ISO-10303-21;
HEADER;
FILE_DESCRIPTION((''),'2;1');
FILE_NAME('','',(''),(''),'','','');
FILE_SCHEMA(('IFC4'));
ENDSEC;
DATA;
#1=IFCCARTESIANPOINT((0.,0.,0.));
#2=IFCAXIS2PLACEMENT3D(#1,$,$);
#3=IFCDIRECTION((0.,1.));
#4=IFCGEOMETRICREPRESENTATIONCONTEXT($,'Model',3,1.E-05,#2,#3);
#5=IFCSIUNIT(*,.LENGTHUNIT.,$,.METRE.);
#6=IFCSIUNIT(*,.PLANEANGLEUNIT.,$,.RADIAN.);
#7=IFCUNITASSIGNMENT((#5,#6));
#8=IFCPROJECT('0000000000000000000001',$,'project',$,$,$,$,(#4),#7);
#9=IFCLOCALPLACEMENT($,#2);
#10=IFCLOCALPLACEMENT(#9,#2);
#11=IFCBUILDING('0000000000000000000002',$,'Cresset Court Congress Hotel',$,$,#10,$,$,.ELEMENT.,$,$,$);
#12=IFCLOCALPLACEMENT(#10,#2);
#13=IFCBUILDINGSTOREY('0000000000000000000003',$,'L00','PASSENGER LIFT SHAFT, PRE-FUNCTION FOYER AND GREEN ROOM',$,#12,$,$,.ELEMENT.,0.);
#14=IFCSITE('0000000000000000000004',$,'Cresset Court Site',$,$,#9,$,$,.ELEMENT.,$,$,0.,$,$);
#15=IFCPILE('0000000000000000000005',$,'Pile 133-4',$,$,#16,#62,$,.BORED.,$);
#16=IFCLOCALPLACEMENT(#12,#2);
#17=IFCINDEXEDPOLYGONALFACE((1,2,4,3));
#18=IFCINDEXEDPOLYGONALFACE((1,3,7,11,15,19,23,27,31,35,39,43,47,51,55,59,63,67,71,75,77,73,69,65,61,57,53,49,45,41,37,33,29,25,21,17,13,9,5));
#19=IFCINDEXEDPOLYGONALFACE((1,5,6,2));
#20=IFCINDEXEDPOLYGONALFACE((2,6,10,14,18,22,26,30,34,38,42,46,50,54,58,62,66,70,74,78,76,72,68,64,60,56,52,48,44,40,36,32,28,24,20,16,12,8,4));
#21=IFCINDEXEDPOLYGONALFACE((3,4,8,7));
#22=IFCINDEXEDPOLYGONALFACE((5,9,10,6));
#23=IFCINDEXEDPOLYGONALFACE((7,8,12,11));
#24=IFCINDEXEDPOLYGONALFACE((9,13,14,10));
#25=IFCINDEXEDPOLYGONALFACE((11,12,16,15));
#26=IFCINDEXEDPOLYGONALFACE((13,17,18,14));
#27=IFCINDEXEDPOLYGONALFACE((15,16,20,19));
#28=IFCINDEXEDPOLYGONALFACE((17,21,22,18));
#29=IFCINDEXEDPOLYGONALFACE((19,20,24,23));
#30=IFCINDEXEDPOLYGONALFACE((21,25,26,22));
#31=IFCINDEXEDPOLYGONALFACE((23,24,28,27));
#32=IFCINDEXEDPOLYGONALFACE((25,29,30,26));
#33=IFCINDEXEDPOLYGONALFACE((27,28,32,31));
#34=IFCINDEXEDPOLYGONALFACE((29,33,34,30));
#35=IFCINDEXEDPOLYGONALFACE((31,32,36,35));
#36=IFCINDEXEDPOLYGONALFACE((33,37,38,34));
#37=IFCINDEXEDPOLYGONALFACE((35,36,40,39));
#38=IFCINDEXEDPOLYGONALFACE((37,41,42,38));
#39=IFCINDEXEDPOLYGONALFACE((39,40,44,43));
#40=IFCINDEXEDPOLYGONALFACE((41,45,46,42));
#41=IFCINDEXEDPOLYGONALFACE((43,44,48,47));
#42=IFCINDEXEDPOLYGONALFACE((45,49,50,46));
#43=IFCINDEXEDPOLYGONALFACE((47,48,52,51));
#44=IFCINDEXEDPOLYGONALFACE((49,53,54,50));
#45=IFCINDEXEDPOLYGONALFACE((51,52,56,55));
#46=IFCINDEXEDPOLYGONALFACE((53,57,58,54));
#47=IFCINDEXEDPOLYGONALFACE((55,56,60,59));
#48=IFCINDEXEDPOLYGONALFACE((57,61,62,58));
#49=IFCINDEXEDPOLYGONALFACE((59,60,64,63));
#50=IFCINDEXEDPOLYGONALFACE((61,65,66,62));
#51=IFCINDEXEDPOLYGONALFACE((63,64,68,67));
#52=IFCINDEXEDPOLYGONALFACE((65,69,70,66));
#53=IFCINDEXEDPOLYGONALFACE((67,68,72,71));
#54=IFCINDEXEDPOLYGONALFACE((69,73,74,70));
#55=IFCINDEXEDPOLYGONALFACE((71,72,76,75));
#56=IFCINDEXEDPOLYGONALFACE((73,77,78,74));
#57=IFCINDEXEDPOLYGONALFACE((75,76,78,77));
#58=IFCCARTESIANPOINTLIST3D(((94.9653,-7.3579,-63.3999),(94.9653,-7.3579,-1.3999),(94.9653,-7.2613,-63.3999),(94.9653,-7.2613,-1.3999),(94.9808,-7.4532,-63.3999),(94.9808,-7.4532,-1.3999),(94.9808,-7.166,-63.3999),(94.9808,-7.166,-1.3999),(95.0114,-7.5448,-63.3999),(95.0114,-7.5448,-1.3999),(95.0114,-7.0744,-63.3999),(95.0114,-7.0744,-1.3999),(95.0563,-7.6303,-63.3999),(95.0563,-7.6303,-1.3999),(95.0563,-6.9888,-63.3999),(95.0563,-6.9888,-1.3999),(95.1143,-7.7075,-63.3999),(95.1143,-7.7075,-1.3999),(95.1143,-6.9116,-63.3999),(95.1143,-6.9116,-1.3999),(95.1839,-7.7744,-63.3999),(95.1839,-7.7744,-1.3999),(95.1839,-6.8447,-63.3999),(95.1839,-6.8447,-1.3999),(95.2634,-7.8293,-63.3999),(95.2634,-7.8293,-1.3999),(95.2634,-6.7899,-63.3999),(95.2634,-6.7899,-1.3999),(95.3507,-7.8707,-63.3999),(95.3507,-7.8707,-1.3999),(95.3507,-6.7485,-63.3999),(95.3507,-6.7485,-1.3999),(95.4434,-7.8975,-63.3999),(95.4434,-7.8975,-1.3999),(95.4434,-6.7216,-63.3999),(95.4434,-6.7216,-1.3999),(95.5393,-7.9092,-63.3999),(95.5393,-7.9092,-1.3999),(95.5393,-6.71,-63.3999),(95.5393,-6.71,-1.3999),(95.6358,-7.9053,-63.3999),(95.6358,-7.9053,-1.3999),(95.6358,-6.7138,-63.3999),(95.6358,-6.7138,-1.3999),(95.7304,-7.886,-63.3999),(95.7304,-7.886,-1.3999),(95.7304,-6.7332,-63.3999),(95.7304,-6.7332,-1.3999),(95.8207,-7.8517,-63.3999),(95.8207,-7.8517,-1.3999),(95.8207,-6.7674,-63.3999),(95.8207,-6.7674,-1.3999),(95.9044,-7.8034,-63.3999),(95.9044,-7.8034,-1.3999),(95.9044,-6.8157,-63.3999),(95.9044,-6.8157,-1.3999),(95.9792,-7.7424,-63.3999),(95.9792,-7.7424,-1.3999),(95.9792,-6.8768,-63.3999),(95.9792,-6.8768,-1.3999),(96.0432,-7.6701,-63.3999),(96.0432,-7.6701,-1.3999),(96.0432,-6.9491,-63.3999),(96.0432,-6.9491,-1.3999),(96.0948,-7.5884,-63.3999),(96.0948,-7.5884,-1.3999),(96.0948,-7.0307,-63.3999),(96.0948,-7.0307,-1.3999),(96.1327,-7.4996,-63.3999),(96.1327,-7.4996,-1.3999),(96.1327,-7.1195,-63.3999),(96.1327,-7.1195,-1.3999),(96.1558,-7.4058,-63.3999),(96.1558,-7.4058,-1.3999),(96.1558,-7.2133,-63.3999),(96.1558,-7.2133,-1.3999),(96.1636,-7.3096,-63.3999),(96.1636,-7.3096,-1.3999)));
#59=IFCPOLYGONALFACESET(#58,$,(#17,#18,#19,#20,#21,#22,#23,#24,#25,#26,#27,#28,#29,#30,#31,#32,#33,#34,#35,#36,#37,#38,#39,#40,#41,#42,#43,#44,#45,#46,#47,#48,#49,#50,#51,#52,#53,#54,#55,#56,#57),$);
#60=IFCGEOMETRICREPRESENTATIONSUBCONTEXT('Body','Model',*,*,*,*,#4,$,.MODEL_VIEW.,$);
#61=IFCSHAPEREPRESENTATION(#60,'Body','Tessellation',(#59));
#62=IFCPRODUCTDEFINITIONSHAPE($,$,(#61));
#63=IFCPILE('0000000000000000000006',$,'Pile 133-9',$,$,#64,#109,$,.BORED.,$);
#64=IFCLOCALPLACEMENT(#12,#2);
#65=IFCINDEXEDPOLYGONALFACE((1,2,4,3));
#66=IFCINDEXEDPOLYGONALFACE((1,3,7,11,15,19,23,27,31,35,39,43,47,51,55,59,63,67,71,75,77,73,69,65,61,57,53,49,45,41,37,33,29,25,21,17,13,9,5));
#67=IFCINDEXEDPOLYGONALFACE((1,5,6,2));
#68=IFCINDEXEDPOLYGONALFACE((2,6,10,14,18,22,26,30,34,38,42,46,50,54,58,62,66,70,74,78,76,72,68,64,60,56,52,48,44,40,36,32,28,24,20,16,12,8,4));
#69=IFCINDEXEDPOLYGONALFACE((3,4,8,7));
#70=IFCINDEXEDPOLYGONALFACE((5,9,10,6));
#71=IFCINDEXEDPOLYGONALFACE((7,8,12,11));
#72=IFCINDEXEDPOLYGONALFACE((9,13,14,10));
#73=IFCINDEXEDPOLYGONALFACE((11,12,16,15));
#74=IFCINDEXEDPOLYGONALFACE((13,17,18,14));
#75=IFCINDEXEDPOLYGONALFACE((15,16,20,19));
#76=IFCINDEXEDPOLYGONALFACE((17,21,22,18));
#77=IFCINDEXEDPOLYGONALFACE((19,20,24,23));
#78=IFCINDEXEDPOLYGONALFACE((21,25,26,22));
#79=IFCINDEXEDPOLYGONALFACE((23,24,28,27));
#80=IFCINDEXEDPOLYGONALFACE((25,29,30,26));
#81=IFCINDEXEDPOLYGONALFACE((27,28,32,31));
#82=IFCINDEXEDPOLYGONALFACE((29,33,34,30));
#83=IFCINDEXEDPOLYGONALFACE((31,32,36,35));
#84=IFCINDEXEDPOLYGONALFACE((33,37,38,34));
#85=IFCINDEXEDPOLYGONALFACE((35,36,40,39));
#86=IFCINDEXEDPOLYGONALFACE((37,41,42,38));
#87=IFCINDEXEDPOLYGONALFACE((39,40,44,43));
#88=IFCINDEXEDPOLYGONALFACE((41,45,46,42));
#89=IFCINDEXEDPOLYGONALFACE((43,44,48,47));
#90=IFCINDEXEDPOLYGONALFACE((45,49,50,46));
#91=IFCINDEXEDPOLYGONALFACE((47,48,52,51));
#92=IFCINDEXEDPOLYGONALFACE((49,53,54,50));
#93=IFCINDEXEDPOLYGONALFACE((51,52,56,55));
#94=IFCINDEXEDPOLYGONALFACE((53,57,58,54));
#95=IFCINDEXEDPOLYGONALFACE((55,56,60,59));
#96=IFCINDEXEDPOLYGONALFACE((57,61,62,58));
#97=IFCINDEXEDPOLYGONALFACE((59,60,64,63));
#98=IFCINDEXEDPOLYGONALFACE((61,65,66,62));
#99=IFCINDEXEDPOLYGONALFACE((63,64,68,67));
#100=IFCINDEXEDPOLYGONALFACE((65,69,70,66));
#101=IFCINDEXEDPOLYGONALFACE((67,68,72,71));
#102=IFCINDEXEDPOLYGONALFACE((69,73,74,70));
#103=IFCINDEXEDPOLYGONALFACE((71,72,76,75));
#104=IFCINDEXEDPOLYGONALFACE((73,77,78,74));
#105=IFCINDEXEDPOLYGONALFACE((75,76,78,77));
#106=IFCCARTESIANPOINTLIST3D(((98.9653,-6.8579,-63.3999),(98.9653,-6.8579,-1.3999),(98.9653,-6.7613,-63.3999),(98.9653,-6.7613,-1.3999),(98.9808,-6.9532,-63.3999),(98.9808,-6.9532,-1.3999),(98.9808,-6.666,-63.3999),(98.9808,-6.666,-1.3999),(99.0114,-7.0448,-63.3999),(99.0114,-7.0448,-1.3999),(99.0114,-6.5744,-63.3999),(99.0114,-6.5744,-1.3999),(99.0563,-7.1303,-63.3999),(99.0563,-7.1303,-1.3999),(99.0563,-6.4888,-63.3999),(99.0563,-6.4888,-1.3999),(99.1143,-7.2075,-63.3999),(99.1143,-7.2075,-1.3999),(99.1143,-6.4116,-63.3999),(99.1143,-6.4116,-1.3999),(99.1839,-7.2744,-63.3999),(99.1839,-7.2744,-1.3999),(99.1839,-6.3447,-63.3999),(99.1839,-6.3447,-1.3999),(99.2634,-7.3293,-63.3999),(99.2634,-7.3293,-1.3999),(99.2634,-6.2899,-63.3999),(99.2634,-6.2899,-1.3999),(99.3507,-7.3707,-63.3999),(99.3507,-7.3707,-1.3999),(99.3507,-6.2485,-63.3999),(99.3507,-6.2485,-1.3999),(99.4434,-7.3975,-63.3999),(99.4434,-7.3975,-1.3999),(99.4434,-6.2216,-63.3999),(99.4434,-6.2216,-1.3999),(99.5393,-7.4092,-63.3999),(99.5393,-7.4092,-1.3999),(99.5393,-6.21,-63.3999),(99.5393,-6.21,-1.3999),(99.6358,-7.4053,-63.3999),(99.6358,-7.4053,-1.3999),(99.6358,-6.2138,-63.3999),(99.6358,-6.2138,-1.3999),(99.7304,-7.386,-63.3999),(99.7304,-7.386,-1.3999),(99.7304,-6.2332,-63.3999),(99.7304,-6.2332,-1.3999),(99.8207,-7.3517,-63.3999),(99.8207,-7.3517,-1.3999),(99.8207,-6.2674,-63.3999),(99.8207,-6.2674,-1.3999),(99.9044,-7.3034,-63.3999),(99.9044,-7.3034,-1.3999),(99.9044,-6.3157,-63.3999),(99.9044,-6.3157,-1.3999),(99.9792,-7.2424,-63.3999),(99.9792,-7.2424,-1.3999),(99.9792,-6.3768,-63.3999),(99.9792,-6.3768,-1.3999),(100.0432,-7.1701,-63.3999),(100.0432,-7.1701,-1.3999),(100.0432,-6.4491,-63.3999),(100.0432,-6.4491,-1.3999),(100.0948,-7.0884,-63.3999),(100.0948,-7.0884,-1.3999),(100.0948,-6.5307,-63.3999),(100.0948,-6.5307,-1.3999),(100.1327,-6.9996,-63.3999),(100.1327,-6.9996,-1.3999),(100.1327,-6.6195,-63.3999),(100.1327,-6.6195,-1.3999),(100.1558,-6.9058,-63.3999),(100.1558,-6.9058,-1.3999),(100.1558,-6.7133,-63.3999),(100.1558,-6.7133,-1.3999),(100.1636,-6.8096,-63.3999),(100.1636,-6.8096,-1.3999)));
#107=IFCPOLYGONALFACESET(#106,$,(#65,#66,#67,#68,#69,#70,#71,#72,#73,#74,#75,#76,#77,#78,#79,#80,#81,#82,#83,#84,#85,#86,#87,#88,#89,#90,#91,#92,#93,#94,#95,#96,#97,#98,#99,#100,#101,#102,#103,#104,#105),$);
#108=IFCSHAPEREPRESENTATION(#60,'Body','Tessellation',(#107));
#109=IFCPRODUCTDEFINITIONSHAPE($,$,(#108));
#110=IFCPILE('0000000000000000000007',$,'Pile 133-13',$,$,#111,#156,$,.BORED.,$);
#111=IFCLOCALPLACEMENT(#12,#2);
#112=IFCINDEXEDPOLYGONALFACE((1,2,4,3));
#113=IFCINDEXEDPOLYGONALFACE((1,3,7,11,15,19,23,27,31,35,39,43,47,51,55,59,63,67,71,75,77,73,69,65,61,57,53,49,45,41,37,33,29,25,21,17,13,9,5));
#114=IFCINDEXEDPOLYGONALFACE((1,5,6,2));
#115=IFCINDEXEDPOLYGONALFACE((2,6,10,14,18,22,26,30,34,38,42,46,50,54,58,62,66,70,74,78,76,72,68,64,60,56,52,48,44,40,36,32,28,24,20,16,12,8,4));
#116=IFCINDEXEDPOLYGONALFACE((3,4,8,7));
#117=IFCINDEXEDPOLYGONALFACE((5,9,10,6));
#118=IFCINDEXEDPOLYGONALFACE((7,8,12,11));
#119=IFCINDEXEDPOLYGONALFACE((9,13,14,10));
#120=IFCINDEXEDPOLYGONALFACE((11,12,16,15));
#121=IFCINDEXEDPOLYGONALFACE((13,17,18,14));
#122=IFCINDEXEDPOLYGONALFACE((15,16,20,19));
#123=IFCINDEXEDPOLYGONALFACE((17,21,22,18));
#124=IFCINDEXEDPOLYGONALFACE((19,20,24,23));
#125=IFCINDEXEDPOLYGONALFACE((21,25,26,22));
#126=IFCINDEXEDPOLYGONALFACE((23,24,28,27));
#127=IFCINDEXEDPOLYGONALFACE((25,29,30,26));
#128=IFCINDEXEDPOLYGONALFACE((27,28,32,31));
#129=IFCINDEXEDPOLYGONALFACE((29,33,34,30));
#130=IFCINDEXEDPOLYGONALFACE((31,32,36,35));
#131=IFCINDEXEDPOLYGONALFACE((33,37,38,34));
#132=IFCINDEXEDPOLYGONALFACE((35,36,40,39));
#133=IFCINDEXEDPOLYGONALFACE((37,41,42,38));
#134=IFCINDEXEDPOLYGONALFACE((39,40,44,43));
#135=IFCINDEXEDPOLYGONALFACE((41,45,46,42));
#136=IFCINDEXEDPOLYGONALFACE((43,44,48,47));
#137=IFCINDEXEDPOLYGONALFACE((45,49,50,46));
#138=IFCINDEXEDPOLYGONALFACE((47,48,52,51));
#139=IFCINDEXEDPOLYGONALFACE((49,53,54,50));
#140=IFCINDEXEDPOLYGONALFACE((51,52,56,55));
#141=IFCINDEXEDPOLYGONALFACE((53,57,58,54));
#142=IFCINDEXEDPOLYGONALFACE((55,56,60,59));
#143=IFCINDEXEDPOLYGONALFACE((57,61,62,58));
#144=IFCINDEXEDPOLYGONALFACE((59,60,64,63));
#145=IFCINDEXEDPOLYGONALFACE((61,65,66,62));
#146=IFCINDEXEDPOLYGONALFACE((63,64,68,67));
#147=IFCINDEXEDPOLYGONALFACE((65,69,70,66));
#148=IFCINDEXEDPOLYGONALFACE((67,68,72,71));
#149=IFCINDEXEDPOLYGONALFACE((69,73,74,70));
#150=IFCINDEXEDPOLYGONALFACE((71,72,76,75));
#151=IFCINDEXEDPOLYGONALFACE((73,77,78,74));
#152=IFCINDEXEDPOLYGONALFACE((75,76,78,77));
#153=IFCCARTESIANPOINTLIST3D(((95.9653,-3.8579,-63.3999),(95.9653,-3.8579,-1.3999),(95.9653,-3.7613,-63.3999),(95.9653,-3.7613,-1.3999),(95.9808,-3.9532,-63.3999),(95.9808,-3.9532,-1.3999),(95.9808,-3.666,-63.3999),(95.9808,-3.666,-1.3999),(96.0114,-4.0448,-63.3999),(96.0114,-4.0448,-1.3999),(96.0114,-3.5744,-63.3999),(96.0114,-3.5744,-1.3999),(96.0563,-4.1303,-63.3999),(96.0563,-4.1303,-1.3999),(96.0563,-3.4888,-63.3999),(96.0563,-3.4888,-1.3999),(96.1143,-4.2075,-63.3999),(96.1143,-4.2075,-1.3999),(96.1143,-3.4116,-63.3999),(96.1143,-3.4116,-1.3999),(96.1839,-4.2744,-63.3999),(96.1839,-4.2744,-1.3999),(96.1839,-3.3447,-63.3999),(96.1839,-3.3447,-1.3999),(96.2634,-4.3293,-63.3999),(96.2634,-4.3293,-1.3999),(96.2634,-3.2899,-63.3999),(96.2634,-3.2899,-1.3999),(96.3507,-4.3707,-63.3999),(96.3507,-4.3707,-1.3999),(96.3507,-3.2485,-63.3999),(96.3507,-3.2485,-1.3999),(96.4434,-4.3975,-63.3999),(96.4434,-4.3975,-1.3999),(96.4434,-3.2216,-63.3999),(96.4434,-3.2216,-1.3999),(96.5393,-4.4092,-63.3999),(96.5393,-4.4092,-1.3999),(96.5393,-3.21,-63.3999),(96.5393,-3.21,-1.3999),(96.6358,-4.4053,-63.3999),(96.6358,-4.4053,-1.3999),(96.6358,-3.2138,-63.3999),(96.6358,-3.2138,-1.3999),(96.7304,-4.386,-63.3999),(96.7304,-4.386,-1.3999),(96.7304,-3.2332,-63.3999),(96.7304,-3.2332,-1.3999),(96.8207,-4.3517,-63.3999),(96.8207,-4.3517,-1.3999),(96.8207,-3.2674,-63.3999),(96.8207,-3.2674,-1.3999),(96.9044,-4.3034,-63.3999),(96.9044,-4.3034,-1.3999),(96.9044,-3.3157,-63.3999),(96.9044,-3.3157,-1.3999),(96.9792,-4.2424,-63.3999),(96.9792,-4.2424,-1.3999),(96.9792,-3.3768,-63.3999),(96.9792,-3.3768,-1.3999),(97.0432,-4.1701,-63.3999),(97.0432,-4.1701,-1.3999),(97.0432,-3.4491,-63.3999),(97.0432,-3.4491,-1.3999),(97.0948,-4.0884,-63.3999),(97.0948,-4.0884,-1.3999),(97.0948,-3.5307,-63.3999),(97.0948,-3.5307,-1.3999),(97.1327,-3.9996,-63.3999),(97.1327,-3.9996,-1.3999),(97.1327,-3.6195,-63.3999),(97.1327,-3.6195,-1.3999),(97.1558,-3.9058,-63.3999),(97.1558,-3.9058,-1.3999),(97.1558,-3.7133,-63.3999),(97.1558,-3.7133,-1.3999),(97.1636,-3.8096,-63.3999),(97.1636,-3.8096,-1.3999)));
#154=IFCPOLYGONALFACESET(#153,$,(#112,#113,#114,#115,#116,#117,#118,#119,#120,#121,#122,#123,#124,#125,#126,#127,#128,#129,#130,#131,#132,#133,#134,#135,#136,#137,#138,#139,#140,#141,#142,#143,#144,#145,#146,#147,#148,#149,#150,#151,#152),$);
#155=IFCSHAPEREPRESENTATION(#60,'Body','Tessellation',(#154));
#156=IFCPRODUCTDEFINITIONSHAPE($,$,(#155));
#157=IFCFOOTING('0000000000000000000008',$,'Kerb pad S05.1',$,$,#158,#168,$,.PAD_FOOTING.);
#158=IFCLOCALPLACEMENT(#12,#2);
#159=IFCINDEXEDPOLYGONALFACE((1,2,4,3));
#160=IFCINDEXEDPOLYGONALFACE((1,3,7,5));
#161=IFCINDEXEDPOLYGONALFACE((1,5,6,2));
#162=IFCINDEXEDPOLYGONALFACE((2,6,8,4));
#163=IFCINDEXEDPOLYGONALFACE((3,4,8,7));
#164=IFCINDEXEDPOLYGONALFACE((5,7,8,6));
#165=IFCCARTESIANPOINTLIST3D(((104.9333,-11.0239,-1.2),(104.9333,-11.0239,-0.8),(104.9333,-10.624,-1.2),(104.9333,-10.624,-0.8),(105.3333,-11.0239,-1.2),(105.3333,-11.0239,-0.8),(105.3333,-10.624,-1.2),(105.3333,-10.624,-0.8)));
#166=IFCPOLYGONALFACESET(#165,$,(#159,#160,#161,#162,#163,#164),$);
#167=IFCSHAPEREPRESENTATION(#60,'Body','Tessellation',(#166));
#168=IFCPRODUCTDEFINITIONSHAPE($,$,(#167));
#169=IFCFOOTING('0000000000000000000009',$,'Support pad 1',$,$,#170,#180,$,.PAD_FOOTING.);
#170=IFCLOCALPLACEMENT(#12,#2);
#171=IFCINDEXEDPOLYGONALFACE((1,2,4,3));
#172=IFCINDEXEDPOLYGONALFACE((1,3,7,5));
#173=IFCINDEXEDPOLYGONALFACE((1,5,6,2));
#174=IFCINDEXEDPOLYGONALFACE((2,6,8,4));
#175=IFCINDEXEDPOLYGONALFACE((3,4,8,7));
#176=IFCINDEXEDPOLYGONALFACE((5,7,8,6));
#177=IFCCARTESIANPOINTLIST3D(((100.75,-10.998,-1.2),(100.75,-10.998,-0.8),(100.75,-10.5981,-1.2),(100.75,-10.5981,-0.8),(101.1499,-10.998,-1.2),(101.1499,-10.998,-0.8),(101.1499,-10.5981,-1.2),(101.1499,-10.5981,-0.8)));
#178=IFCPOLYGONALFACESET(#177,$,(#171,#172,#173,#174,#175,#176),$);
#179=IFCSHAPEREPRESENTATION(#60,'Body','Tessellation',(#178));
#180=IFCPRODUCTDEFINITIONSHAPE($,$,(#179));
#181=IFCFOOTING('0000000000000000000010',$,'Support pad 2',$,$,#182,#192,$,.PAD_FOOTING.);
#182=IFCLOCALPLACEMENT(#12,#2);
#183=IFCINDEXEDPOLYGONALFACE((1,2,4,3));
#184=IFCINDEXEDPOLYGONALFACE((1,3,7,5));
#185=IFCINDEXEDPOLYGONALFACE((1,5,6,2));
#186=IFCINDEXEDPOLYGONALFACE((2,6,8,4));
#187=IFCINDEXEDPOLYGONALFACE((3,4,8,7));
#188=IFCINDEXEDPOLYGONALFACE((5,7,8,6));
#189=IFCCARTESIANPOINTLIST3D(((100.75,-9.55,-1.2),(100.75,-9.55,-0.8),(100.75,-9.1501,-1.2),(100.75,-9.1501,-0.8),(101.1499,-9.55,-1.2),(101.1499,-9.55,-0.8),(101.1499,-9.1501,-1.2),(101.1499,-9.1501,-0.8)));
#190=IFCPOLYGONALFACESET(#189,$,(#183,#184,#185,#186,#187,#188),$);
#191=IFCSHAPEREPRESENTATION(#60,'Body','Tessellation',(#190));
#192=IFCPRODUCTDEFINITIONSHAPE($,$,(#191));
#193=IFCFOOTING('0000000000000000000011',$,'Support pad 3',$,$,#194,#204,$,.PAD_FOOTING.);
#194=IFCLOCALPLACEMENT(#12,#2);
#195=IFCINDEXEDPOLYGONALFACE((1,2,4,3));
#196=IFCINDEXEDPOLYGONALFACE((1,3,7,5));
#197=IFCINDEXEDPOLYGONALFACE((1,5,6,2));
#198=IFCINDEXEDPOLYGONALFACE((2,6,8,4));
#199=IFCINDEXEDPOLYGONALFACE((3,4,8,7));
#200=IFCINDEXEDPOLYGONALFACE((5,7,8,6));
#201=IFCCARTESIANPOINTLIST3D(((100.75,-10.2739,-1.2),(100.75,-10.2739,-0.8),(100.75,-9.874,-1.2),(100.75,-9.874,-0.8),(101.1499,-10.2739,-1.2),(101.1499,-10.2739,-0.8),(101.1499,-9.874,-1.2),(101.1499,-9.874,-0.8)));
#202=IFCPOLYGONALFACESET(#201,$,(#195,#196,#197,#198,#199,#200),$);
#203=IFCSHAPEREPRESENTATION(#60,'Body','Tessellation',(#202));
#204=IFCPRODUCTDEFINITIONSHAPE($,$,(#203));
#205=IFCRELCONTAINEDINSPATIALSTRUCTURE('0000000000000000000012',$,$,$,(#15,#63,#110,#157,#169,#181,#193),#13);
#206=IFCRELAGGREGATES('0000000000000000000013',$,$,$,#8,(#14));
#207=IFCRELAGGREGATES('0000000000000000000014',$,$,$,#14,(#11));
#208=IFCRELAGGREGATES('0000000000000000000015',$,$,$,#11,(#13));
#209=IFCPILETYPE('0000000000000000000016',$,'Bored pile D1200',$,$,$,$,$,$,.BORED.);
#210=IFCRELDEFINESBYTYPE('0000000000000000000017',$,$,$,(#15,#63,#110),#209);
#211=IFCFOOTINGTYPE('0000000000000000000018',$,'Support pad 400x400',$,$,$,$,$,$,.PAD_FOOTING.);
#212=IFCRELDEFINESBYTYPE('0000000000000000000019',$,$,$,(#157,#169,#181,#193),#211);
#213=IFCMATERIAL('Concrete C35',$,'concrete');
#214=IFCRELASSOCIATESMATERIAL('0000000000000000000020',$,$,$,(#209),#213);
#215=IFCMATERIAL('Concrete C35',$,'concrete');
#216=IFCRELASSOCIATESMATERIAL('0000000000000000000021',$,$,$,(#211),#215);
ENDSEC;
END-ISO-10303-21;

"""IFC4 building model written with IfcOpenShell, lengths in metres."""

from ifc_helpers import new_model, si_unit, direction, frame, origin, origin_2d, place, context, subcontext, project, spatial, rectangle, circle, extrude, material, type_object, element, save


model = new_model("IFC4")

# Units and contexts
model_context = context("Model", 3, precision=1e-05, world=origin(), true_north=direction((0.0, 1.0)))
body_context = subcontext(model_context, "Body", "Model", "MODEL_VIEW")
ifc_project = project(units=[si_unit("LENGTHUNIT", "METRE"), si_unit("PLANEANGLEUNIT", "RADIAN")], contexts=[model_context])

# Site, building, storey
site_placement = place(None, origin())
site = spatial("IfcSite", under=ifc_project, at=site_placement, Name="Cresset Court Site", CompositionType="ELEMENT", RefElevation=0.0)
building_placement = place(site_placement, origin())
building = spatial("IfcBuilding", under=site, at=building_placement, Name="Cresset Court Congress Hotel", CompositionType="ELEMENT")
storey_placement = place(building_placement, origin())
storey = spatial("IfcBuildingStorey", under=building, at=storey_placement, Name="L00", Description="PASSENGER LIFT SHAFT, PRE-FUNCTION FOYER AND GREEN ROOM", CompositionType="ELEMENT", Elevation=0.0)

# Piles
ifc_material_1 = material(Name="Concrete C35", Category="concrete")
pile_type = type_object("IfcPileType", Name="Bored pile D1200", PredefinedType="BORED", material=ifc_material_1)
for number, where, z_axis, x_axis, name in (
    (1, (95.5635, -7.3096, -1.3999), (0.0, 0.0, -1.0), (1.0, 0.0, 0.0), "Pile 133-4"),
    (2, (99.5635, -6.8096, -1.3999), (0.0, 0.0, -1.0), (1.0, 0.0, 0.0), "Pile 133-9"),
    (3, (96.5635, -3.8096, -1.3999), (0.0, 0.0, -1.0), (1.0, 0.0, 0.0), "Pile 133-13"),
):
    element("IfcPile", number, at=place(storey_placement, frame(where, z_axis=z_axis, x_axis=x_axis)), inside=storey, type_object=pile_type, Name=name, PredefinedType="BORED", context=body_context, shape_type="SweptSolid", body=[
        extrude(circle(Radius=0.6001, at=origin_2d()), origin(), (0.0, 0.0, 1.0), 62.0),
    ])

# Footings
ifc_material_2 = material(Name="Concrete C35", Category="concrete")
footing_type = type_object("IfcFootingType", Name="Support pad 400x400", PredefinedType="PAD_FOOTING", material=ifc_material_2)
for number, where, z_axis, x_axis, name in (
    (4, (105.1333, -10.824, -1.2), (0.0, 0.0, 1.0), (1.0, 0.0, 0.0), "Kerb pad S05.1"),
    (5, (100.95, -10.7981, -1.2), (0.0, 0.0, 1.0), (1.0, 0.0, 0.0), "Support pad 1"),
    (6, (100.95, -9.3501, -1.2), (0.0, 0.0, 1.0), (1.0, 0.0, 0.0), "Support pad 2"),
    (7, (100.95, -10.074, -1.2), (0.0, 0.0, 1.0), (1.0, 0.0, 0.0), "Support pad 3"),
):
    element("IfcFooting", number, at=place(storey_placement, frame(where, z_axis=z_axis, x_axis=x_axis)), inside=storey, type_object=footing_type, Name=name, PredefinedType="PAD_FOOTING", context=body_context, shape_type="SweptSolid", body=[
        extrude(rectangle(XDim=0.3999, YDim=0.3999, at=origin_2d()), origin(), (0.0, 0.0, 1.0), 0.3999),
    ])

save(model, "model.ifc")
